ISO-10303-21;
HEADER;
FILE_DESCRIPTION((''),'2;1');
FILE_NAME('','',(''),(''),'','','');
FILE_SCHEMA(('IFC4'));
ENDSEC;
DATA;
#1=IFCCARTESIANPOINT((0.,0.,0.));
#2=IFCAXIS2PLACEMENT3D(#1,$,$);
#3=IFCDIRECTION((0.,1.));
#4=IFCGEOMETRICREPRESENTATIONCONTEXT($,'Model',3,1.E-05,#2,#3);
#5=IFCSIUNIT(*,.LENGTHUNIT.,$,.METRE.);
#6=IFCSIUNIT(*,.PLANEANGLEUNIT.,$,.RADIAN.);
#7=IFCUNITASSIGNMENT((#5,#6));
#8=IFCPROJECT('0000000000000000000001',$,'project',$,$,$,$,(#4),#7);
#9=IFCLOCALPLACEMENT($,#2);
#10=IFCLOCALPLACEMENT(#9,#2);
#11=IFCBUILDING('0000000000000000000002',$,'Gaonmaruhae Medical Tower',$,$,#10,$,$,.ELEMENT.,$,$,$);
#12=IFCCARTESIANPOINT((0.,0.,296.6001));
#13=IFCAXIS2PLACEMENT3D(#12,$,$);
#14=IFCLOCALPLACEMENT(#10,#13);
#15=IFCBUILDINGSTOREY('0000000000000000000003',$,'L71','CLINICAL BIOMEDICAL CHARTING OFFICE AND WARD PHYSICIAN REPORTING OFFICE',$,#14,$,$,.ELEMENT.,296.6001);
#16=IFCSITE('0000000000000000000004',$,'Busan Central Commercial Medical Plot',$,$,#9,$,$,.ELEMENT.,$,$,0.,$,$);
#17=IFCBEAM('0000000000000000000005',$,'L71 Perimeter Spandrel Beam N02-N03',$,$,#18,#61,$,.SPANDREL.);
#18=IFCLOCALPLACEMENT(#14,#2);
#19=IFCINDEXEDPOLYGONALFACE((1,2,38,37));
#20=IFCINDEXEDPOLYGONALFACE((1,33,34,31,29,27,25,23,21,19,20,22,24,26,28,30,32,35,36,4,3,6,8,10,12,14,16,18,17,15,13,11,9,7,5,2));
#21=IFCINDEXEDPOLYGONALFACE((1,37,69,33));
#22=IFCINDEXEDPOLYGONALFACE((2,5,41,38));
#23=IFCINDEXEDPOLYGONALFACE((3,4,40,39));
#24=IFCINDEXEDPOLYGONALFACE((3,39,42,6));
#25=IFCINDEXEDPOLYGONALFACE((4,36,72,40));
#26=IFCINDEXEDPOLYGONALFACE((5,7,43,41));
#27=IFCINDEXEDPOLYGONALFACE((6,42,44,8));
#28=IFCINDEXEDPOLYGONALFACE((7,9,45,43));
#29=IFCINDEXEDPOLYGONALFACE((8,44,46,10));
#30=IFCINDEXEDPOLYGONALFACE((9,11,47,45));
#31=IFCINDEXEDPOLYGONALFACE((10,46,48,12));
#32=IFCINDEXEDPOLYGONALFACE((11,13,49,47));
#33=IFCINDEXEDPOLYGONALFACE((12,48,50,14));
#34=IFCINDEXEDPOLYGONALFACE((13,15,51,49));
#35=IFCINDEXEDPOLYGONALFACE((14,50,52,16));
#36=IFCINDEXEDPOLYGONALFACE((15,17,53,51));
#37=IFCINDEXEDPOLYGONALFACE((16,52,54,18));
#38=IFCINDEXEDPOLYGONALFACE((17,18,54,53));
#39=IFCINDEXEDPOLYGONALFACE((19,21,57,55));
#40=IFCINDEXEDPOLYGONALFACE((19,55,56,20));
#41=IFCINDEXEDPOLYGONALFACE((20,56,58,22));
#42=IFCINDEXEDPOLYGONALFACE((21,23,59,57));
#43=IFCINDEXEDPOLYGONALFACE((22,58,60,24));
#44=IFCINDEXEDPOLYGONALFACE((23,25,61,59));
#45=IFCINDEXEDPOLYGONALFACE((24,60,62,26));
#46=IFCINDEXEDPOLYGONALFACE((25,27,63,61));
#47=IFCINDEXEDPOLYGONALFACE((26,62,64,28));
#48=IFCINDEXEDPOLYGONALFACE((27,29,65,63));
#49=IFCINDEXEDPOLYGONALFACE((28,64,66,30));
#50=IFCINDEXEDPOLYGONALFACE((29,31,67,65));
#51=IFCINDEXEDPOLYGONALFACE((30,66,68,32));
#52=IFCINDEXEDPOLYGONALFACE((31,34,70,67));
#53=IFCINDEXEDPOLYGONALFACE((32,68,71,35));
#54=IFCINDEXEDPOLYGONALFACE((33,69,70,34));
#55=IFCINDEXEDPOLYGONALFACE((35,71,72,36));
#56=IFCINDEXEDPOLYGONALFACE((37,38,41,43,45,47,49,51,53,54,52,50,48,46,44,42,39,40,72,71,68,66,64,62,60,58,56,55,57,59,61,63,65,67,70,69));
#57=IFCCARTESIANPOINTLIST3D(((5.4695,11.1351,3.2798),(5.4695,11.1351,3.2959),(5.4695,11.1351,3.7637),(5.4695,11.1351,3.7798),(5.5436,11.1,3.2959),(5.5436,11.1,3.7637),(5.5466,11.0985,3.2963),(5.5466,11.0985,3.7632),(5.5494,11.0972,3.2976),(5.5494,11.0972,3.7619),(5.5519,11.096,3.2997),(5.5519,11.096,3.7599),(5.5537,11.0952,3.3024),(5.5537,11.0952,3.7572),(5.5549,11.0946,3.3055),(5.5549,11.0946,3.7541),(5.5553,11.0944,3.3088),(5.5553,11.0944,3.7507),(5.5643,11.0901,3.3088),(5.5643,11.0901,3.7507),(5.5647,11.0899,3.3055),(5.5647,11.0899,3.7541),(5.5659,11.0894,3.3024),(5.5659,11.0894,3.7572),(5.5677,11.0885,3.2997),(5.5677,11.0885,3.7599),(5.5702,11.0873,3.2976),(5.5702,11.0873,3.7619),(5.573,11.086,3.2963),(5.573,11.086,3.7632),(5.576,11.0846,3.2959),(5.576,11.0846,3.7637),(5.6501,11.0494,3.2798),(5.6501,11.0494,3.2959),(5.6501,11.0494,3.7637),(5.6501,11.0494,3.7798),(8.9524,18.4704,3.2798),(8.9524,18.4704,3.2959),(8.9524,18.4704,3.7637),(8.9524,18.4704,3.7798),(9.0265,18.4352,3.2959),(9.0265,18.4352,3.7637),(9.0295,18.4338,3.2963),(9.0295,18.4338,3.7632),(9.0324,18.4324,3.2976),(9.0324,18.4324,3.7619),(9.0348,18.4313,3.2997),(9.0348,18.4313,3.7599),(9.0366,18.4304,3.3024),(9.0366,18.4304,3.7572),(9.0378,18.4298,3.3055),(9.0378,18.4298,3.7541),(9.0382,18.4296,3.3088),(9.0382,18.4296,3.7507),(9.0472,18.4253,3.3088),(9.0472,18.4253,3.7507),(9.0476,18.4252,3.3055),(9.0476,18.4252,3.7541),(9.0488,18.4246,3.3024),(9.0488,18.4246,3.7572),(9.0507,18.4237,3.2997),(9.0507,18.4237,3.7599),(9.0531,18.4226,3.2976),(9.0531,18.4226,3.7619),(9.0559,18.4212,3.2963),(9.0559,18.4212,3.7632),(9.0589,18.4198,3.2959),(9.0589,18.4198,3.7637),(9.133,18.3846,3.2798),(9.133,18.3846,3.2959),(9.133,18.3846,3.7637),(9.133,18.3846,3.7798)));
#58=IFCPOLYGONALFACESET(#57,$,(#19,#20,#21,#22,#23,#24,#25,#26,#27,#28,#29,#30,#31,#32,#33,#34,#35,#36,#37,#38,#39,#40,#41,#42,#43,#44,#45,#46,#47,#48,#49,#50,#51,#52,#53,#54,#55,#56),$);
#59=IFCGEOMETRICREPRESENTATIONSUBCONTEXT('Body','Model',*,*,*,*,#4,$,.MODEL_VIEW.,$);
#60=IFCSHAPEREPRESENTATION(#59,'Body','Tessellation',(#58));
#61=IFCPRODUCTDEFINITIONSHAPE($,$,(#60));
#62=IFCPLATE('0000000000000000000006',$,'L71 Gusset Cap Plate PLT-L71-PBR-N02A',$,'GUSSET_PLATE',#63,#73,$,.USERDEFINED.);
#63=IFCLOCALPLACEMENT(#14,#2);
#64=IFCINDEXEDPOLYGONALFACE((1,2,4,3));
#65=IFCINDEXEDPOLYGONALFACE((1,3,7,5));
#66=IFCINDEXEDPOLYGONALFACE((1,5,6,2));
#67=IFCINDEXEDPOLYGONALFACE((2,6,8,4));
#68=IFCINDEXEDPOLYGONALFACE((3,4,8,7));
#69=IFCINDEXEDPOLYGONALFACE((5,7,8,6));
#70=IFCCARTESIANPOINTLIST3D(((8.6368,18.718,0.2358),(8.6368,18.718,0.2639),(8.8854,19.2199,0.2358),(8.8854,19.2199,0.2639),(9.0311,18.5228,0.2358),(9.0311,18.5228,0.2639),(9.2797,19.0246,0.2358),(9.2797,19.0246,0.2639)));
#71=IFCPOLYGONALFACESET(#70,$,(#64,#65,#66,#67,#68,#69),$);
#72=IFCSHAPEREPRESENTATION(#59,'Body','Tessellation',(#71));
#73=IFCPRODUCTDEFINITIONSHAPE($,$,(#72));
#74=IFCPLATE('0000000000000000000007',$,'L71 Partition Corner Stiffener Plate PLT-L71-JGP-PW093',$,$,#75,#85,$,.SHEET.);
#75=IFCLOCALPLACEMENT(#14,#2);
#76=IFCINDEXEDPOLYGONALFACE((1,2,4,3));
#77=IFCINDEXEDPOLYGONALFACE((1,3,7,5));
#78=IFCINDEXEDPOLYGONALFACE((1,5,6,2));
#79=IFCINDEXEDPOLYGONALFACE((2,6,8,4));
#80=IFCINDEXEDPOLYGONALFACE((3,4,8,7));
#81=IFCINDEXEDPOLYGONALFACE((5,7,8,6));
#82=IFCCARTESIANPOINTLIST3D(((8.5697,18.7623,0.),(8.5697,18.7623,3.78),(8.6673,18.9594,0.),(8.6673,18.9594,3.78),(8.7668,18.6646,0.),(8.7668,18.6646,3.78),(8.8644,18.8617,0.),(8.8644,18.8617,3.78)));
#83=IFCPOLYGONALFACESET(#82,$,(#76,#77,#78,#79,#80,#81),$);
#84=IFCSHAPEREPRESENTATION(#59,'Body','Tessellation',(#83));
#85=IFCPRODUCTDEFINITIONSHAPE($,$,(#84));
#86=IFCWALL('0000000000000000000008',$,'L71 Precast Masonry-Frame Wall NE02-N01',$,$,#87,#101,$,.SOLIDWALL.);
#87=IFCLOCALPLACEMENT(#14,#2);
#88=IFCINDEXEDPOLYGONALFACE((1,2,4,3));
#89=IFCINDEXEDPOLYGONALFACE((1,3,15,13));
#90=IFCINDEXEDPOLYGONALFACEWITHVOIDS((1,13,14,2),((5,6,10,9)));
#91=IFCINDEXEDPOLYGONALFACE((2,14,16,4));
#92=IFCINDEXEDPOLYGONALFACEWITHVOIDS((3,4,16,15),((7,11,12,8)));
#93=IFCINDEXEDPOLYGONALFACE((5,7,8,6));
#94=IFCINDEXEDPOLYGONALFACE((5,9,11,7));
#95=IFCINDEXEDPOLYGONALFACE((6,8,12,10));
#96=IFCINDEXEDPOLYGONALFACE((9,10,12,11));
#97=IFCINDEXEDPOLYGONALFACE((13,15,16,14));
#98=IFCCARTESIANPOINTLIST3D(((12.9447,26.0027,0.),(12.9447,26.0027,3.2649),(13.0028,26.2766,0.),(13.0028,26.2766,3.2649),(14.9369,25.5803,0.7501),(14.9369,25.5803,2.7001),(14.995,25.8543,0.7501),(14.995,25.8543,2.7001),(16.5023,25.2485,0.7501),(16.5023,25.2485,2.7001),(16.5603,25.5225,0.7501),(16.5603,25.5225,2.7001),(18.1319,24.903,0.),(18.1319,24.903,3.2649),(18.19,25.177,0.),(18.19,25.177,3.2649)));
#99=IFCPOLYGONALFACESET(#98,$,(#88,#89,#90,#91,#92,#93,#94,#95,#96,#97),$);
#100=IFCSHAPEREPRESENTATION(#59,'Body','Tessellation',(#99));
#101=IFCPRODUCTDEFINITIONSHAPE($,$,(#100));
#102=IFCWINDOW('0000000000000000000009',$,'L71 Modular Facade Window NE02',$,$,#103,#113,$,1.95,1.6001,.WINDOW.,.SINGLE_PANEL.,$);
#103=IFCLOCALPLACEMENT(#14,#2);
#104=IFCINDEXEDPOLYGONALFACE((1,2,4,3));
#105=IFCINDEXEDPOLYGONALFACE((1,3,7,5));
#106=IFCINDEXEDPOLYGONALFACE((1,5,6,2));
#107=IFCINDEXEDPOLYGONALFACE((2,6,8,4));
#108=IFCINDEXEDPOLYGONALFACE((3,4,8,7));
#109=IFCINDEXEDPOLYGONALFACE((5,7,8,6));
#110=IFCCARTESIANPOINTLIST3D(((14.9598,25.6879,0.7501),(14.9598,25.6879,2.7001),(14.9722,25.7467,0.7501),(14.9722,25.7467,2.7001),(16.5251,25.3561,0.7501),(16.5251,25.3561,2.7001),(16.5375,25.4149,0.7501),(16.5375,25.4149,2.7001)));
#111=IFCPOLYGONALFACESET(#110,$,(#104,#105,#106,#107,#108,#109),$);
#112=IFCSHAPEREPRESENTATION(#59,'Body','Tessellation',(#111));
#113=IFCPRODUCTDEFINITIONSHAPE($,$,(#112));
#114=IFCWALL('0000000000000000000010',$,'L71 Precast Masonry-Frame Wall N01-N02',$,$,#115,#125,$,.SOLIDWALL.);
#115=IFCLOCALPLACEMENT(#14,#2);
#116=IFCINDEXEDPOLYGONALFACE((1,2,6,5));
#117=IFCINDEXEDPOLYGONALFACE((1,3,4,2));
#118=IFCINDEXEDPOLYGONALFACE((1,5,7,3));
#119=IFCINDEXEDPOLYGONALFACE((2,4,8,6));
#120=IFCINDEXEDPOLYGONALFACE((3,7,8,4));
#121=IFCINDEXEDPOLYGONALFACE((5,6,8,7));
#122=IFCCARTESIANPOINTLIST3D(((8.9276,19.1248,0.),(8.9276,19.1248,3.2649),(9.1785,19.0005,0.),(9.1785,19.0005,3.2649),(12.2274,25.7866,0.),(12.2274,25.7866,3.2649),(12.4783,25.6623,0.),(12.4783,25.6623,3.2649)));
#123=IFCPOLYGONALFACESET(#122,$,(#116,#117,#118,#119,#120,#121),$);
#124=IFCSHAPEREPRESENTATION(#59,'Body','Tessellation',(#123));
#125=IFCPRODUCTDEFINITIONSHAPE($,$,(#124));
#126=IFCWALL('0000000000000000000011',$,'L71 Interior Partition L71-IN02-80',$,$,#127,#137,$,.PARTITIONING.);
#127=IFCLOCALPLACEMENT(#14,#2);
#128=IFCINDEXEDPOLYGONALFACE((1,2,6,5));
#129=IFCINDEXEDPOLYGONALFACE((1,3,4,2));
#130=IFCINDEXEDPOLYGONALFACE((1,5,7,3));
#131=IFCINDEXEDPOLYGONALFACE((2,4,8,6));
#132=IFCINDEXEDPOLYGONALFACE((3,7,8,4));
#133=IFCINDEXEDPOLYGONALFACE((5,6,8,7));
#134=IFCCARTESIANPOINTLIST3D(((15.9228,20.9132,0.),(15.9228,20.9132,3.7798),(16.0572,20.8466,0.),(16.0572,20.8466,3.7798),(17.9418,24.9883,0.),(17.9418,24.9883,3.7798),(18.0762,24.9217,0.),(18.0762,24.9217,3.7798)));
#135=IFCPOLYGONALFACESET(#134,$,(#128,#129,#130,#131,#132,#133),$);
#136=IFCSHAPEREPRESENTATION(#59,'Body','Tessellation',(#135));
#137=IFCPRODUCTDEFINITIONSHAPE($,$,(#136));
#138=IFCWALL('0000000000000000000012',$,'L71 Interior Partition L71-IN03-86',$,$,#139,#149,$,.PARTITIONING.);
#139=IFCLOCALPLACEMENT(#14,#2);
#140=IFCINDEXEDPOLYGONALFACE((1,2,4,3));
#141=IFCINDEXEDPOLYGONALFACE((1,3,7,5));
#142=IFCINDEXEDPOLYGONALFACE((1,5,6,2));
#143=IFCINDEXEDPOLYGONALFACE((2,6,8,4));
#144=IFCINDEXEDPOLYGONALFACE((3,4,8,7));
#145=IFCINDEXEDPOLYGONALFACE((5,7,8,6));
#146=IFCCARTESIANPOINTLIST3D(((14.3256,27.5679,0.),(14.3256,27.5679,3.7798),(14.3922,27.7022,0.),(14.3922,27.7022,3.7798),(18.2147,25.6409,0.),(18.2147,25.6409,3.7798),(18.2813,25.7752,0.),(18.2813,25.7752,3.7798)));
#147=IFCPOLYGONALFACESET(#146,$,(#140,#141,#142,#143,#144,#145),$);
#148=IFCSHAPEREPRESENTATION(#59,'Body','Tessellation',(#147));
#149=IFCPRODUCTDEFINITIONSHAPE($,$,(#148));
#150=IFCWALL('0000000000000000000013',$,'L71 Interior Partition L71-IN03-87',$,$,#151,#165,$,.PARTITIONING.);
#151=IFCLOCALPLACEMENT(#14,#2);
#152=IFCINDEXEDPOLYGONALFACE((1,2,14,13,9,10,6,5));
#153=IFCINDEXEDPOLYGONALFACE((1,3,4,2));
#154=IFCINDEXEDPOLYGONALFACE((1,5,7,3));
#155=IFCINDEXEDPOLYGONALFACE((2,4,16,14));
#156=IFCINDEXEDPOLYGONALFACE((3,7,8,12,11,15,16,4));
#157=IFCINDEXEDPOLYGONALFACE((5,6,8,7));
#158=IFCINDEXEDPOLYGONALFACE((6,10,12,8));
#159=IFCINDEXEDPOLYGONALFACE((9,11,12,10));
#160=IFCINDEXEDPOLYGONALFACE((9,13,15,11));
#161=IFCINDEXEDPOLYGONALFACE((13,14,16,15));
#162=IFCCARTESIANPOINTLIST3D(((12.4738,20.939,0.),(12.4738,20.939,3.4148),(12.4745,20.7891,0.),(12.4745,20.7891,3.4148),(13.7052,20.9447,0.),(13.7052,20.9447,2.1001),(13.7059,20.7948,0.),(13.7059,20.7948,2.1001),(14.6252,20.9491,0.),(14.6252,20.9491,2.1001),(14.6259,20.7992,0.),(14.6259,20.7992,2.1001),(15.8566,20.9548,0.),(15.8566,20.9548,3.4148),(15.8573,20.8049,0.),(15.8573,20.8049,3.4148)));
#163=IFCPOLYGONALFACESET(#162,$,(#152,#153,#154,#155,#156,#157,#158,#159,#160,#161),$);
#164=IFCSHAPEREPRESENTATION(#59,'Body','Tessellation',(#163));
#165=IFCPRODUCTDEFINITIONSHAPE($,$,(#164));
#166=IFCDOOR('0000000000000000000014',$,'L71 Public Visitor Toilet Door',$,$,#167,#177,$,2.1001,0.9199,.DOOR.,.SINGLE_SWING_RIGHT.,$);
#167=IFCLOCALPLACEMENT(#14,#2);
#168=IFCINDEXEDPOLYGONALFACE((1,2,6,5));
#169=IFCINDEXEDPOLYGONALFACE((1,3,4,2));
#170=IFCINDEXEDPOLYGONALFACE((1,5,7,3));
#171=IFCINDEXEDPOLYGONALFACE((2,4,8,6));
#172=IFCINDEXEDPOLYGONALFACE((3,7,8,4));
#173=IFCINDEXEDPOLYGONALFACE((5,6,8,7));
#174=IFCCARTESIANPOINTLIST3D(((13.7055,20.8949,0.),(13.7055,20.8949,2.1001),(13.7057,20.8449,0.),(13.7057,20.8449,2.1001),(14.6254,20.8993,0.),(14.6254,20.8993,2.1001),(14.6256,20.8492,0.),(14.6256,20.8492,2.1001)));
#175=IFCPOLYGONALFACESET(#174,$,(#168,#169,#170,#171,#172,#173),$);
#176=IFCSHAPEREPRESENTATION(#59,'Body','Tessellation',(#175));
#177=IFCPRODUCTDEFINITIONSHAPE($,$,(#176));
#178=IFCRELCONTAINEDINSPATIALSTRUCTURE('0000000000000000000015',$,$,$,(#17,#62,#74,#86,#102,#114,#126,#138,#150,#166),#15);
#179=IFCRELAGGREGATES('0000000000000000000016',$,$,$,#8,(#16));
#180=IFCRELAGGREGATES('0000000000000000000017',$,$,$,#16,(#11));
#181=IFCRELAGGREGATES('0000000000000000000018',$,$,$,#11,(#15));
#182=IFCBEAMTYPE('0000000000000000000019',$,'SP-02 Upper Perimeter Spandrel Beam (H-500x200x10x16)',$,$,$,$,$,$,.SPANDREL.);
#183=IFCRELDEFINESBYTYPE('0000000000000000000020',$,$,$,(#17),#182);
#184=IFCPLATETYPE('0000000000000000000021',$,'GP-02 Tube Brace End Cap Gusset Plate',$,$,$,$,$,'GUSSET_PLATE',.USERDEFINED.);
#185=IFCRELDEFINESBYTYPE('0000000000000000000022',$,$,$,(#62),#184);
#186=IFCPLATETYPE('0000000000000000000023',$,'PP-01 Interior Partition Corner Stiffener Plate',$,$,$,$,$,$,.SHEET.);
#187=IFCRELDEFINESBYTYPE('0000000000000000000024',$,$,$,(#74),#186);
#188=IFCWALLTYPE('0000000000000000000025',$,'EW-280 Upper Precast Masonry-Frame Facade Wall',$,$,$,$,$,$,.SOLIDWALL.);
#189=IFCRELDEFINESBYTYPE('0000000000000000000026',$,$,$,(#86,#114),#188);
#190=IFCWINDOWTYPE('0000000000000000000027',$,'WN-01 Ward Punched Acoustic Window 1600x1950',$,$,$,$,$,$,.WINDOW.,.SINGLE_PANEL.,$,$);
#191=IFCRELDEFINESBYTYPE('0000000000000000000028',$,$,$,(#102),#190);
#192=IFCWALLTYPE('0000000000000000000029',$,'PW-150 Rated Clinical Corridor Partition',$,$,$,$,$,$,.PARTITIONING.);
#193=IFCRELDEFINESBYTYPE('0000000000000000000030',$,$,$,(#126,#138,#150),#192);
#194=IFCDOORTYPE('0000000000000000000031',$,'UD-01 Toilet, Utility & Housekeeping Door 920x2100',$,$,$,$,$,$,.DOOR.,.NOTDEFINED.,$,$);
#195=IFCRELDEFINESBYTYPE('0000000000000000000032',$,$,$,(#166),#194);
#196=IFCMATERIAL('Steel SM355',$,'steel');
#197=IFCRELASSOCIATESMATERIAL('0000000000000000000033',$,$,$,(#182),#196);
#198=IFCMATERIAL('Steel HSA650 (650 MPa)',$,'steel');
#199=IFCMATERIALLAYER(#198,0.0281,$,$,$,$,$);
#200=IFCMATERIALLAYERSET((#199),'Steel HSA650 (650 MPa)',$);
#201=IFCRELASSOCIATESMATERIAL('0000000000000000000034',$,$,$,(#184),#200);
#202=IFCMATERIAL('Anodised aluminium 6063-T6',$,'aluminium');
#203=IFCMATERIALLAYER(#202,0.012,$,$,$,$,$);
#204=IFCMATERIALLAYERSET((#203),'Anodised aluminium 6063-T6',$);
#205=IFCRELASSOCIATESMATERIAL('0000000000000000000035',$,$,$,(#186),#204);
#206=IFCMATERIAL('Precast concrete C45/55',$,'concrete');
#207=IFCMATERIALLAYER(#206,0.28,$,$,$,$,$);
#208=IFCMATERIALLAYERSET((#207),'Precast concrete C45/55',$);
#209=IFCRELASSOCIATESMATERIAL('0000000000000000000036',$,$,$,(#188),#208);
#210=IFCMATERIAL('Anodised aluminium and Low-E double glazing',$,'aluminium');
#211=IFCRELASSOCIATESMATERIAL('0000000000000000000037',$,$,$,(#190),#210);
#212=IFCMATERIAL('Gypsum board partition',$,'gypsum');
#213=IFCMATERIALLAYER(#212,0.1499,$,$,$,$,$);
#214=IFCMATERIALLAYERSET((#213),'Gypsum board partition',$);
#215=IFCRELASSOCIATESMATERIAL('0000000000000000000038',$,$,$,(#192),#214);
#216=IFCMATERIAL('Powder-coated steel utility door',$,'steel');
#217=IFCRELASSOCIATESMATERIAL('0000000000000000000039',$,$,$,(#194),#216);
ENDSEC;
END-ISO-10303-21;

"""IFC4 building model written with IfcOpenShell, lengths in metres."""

from ifc_helpers import new_model, si_unit, direction, frame, frame_2d, origin, origin_2d, place, context, subcontext, project, spatial, rectangle, i_section, extrude, material, layer, layer_set, material_profile, profile_set, type_object, element, fill, save


model = new_model("IFC4")

# Units and contexts
model_context = context("Model", 3, precision=1e-05, world=origin(), true_north=direction((0.0, 1.0)))
body_context = subcontext(model_context, "Body", "Model", "MODEL_VIEW")
ifc_project = project(units=[si_unit("LENGTHUNIT", "METRE"), si_unit("PLANEANGLEUNIT", "RADIAN")], contexts=[model_context])

# Site, building, storey
site_placement = place(None, origin())
site = spatial("IfcSite", under=ifc_project, at=site_placement, Name="Busan Central Commercial Medical Plot", CompositionType="ELEMENT", RefElevation=0.0)
building_placement = place(site_placement, origin())
building = spatial("IfcBuilding", under=site, at=building_placement, Name="Gaonmaruhae Medical Tower", CompositionType="ELEMENT")
storey_placement = place(building_placement, frame((0.0, 0.0, 296.6001)))
storey = spatial("IfcBuildingStorey", under=building, at=storey_placement, Name="L71", Description="CLINICAL BIOMEDICAL CHARTING OFFICE AND WARD PHYSICIAN REPORTING OFFICE", CompositionType="ELEMENT", Elevation=296.6001)

# Shared definitions
ifc_material_1 = material(Name="Steel SM355", Category="steel")

# Beam
ifc_material_profile_1 = material_profile(ifc_material_1, i_section(OverallWidth=0.2, OverallDepth=0.5, WebThickness=0.01, FlangeThickness=0.0161, FilletRadius=0.0129, at=origin_2d()), Name="H-500x200x10x16")
ifc_profile_set_1 = profile_set([ifc_material_profile_1], Name="Steel SM355")
beam_type_1 = type_object("IfcBeamType", Name="SP-02 Upper Perimeter Spandrel Beam (H-500x200x10x16)", PredefinedType="SPANDREL", material=ifc_profile_set_1)
beam_1_placement = place(storey_placement, frame((9.0427, 18.4275, 3.5298), z_axis=(-0.428925, -0.90334, 0.0), x_axis=(0.90334, -0.428925, 0.0)))
element("IfcBeam", 1, at=beam_1_placement, inside=storey, type_object=beam_type_1, Name="L71 Perimeter Spandrel Beam N02-N03", PredefinedType="SPANDREL", context=body_context, shape_type="SweptSolid", body=[
    extrude(i_section(OverallWidth=0.2, OverallDepth=0.5, WebThickness=0.01, FlangeThickness=0.0161, FilletRadius=0.0129, at=origin_2d()), origin(), (0.0, 0.0, 1.0), 8.1201),
])

# Plates
ifc_material_2 = material(Name="Steel HSA650 (650 MPa)", Category="steel")
ifc_layer_1 = layer(ifc_material_2, 0.0281)
ifc_layer_set_1 = layer_set([ifc_layer_1], Name="Steel HSA650 (650 MPa)")
plate_type_1 = type_object("IfcPlateType", Name="GP-02 Tube Brace End Cap Gusset Plate", ElementType="GUSSET_PLATE", PredefinedType="USERDEFINED", material=ifc_layer_set_1)
plate_1_placement = place(storey_placement, frame((8.9583, 18.8713, 0.2358), z_axis=(0.0, 0.0, 1.0), x_axis=(0.443853, 0.896099, 0.0)))
element("IfcPlate", 2, at=plate_1_placement, inside=storey, type_object=plate_type_1, Name="L71 Gusset Cap Plate PLT-L71-PBR-N02A", ObjectType="GUSSET_PLATE", PredefinedType="USERDEFINED", context=body_context, shape_type="SweptSolid", body=[
    extrude(rectangle(XDim=0.5601, YDim=0.4399, at=origin_2d()), origin(), (0.0, 0.0, 1.0), 0.0281),
])
ifc_material_3 = material(Name="Anodised aluminium 6063-T6", Category="aluminium")
ifc_layer_2 = layer(ifc_material_3, 0.012)
ifc_layer_set_2 = layer_set([ifc_layer_2], Name="Anodised aluminium 6063-T6")
plate_type_2 = type_object("IfcPlateType", Name="PP-01 Interior Partition Corner Stiffener Plate", PredefinedType="SHEET", material=ifc_layer_set_2)
plate_2_placement = place(storey_placement, frame((8.717, 18.812, 0.0), z_axis=(0.0, 0.0, 1.0), x_axis=(0.443994, 0.89603, 0.0)))
element("IfcPlate", 3, at=plate_2_placement, inside=storey, type_object=plate_type_2, Name="L71 Partition Corner Stiffener Plate PLT-L71-JGP-PW093", PredefinedType="SHEET", context=body_context, shape_type="SweptSolid", body=[
    extrude(rectangle(XDim=0.22, YDim=0.22, at=origin_2d()), origin(), (0.0, 0.0, 1.0), 3.78),
])

# Wall, opening, window
ifc_material_4 = material(Name="Precast concrete C45/55", Category="concrete")
ifc_layer_3 = layer(ifc_material_4, 0.28)
ifc_layer_set_3 = layer_set([ifc_layer_3], Name="Precast concrete C45/55")
wall_type_1 = type_object("IfcWallType", Name="EW-280 Upper Precast Masonry-Frame Facade Wall", PredefinedType="SOLIDWALL", material=ifc_layer_set_3)
wall_1_placement = place(storey_placement, frame((12.9736, 26.1396, 0.0), z_axis=(0.0, 0.0, 1.0), x_axis=(0.978262, -0.207375, 0.0)))
wall_1 = element("IfcWall", 4, at=wall_1_placement, inside=storey, type_object=wall_type_1, Name="L71 Precast Masonry-Frame Wall NE02-N01", PredefinedType="SOLIDWALL", context=body_context, shape_type="SweptSolid", body=[
    extrude(rectangle(XDim=5.3025, YDim=0.28, at=frame_2d((2.6514, 0.0))), origin(), (0.0, 0.0, 1.0), 3.2649),
])
opening_1_placement = place(wall_1_placement, frame((2.0366, 0.0, 0.75)))
opening_1 = element("IfcOpeningElement", 5, at=opening_1_placement, cuts=wall_1, PredefinedType="OPENING", context=body_context, shape_type="SweptSolid", body=[
    extrude(rectangle(XDim=1.6001, YDim=1.95, at=frame_2d((0.8, 0.9751))), frame((0.0, 0.1499, 0.0), z_axis=(0.0, -1.0, 0.0), x_axis=(1.0, 0.0, 0.0)), (0.0, 0.0, 1.0), 0.3),
])
ifc_material_5 = material(Name="Anodised aluminium and Low-E double glazing", Category="aluminium")
window_type = type_object("IfcWindowType", Name="WN-01 Ward Punched Acoustic Window 1600x1950", PartitioningType="SINGLE_PANEL", PredefinedType="WINDOW", material=ifc_material_5)
window_placement = place(opening_1_placement, origin())
window = element("IfcWindow", 6, at=window_placement, inside=storey, type_object=window_type, Name="L71 Modular Facade Window NE02", OverallHeight=1.95, OverallWidth=1.6001, PartitioningType="SINGLE_PANEL", PredefinedType="WINDOW", context=body_context, shape_type="SweptSolid", body=[
    extrude(rectangle(XDim=1.6001, YDim=1.95, at=frame_2d((0.8, 0.9751))), frame((0.0, 0.03, 0.0), z_axis=(0.0, -1.0, 0.0), x_axis=(1.0, 0.0, 0.0)), (0.0, 0.0, 1.0), 0.0601),
])
fill(opening_1, window)

# Walls
wall_2_placement = place(storey_placement, frame((9.053, 19.0625, 0.0), z_axis=(0.0, 0.0, 1.0), x_axis=(0.443861, 0.896096, 0.0)))
element("IfcWall", 7, at=wall_2_placement, inside=storey, type_object=wall_type_1, Name="L71 Precast Masonry-Frame Wall N01-N02", PredefinedType="SOLIDWALL", context=body_context, shape_type="SweptSolid", body=[
    extrude(rectangle(XDim=7.4343, YDim=0.28, at=frame_2d((3.7173, 0.0))), origin(), (0.0, 0.0, 1.0), 3.2649),
])
ifc_material_6 = material(Name="Gypsum board partition", Category="gypsum")
ifc_layer_4 = layer(ifc_material_6, 0.1499)
ifc_layer_set_4 = layer_set([ifc_layer_4], Name="Gypsum board partition")
wall_type_2 = type_object("IfcWallType", Name="PW-150 Rated Clinical Corridor Partition", PredefinedType="PARTITIONING", material=ifc_layer_set_4)
wall_3_placement = place(storey_placement, frame((15.99, 20.8799, 0.0), z_axis=(0.0, 0.0, 1.0), x_axis=(0.443947, 0.896053, 0.0)))
element("IfcWall", 8, at=wall_3_placement, inside=storey, type_object=wall_type_2, Name="L71 Interior Partition L71-IN02-80", PredefinedType="PARTITIONING", context=body_context, shape_type="SweptSolid", body=[
    extrude(rectangle(XDim=4.5479, YDim=0.1499, at=frame_2d((2.2739, 0.0))), origin(), (0.0, 0.0, 1.0), 3.7798),
])
wall_4_placement = place(storey_placement, frame((14.3589, 27.635, 0.0), z_axis=(0.0, 0.0, 1.0), x_axis=(0.896041, -0.443971, 0.0)))
element("IfcWall", 9, at=wall_4_placement, inside=storey, type_object=wall_type_2, Name="L71 Interior Partition L71-IN03-86", PredefinedType="PARTITIONING", context=body_context, shape_type="SweptSolid", body=[
    extrude(rectangle(XDim=4.3403, YDim=0.1499, at=frame_2d((2.1702, 0.0))), origin(), (0.0, 0.0, 1.0), 3.7798),
])

# Wall, opening, door
wall_5_placement = place(storey_placement, frame((15.8569, 20.8799, 0.0), z_axis=(0.0, 0.0, 1.0), x_axis=(-0.999989, -0.004691, 0.0)))
wall_5 = element("IfcWall", 10, at=wall_5_placement, inside=storey, type_object=wall_type_2, Name="L71 Interior Partition L71-IN03-87", PredefinedType="PARTITIONING", context=body_context, shape_type="SweptSolid", body=[
    extrude(rectangle(XDim=3.3828, YDim=0.1499, at=frame_2d((1.6914, 0.0))), origin(), (0.0, 0.0, 1.0), 3.4148),
])
opening_2_placement = place(wall_5_placement, frame((1.2314, 0.0, 0.0)))
opening_2 = element("IfcOpeningElement", 11, at=opening_2_placement, cuts=wall_5, PredefinedType="OPENING", context=body_context, shape_type="SweptSolid", body=[
    extrude(rectangle(XDim=0.9199, YDim=2.1001, at=frame_2d((0.46, 1.05))), frame((0.0, 0.085, 0.0), z_axis=(0.0, -1.0, 0.0), x_axis=(1.0, 0.0, 0.0)), (0.0, 0.0, 1.0), 0.1699),
])
ifc_material_7 = material(Name="Powder-coated steel utility door", Category="steel")
door_type = type_object("IfcDoorType", Name="UD-01 Toilet, Utility & Housekeeping Door 920x2100", OperationType="NOTDEFINED", PredefinedType="DOOR", material=ifc_material_7)
door_placement = place(opening_2_placement, origin())
door = element("IfcDoor", 12, at=door_placement, inside=storey, type_object=door_type, Name="L71 Public Visitor Toilet Door", OperationType="SINGLE_SWING_RIGHT", OverallHeight=2.1001, OverallWidth=0.9199, PredefinedType="DOOR", context=body_context, shape_type="SweptSolid", body=[
    extrude(rectangle(XDim=0.9199, YDim=2.1001, at=frame_2d((0.46, 1.05))), frame((0.0, 0.0249, 0.0), z_axis=(0.0, -1.0, 0.0), x_axis=(1.0, 0.0, 0.0)), (0.0, 0.0, 1.0), 0.05),
])
fill(opening_2, door)

save(model, "model.ifc")
